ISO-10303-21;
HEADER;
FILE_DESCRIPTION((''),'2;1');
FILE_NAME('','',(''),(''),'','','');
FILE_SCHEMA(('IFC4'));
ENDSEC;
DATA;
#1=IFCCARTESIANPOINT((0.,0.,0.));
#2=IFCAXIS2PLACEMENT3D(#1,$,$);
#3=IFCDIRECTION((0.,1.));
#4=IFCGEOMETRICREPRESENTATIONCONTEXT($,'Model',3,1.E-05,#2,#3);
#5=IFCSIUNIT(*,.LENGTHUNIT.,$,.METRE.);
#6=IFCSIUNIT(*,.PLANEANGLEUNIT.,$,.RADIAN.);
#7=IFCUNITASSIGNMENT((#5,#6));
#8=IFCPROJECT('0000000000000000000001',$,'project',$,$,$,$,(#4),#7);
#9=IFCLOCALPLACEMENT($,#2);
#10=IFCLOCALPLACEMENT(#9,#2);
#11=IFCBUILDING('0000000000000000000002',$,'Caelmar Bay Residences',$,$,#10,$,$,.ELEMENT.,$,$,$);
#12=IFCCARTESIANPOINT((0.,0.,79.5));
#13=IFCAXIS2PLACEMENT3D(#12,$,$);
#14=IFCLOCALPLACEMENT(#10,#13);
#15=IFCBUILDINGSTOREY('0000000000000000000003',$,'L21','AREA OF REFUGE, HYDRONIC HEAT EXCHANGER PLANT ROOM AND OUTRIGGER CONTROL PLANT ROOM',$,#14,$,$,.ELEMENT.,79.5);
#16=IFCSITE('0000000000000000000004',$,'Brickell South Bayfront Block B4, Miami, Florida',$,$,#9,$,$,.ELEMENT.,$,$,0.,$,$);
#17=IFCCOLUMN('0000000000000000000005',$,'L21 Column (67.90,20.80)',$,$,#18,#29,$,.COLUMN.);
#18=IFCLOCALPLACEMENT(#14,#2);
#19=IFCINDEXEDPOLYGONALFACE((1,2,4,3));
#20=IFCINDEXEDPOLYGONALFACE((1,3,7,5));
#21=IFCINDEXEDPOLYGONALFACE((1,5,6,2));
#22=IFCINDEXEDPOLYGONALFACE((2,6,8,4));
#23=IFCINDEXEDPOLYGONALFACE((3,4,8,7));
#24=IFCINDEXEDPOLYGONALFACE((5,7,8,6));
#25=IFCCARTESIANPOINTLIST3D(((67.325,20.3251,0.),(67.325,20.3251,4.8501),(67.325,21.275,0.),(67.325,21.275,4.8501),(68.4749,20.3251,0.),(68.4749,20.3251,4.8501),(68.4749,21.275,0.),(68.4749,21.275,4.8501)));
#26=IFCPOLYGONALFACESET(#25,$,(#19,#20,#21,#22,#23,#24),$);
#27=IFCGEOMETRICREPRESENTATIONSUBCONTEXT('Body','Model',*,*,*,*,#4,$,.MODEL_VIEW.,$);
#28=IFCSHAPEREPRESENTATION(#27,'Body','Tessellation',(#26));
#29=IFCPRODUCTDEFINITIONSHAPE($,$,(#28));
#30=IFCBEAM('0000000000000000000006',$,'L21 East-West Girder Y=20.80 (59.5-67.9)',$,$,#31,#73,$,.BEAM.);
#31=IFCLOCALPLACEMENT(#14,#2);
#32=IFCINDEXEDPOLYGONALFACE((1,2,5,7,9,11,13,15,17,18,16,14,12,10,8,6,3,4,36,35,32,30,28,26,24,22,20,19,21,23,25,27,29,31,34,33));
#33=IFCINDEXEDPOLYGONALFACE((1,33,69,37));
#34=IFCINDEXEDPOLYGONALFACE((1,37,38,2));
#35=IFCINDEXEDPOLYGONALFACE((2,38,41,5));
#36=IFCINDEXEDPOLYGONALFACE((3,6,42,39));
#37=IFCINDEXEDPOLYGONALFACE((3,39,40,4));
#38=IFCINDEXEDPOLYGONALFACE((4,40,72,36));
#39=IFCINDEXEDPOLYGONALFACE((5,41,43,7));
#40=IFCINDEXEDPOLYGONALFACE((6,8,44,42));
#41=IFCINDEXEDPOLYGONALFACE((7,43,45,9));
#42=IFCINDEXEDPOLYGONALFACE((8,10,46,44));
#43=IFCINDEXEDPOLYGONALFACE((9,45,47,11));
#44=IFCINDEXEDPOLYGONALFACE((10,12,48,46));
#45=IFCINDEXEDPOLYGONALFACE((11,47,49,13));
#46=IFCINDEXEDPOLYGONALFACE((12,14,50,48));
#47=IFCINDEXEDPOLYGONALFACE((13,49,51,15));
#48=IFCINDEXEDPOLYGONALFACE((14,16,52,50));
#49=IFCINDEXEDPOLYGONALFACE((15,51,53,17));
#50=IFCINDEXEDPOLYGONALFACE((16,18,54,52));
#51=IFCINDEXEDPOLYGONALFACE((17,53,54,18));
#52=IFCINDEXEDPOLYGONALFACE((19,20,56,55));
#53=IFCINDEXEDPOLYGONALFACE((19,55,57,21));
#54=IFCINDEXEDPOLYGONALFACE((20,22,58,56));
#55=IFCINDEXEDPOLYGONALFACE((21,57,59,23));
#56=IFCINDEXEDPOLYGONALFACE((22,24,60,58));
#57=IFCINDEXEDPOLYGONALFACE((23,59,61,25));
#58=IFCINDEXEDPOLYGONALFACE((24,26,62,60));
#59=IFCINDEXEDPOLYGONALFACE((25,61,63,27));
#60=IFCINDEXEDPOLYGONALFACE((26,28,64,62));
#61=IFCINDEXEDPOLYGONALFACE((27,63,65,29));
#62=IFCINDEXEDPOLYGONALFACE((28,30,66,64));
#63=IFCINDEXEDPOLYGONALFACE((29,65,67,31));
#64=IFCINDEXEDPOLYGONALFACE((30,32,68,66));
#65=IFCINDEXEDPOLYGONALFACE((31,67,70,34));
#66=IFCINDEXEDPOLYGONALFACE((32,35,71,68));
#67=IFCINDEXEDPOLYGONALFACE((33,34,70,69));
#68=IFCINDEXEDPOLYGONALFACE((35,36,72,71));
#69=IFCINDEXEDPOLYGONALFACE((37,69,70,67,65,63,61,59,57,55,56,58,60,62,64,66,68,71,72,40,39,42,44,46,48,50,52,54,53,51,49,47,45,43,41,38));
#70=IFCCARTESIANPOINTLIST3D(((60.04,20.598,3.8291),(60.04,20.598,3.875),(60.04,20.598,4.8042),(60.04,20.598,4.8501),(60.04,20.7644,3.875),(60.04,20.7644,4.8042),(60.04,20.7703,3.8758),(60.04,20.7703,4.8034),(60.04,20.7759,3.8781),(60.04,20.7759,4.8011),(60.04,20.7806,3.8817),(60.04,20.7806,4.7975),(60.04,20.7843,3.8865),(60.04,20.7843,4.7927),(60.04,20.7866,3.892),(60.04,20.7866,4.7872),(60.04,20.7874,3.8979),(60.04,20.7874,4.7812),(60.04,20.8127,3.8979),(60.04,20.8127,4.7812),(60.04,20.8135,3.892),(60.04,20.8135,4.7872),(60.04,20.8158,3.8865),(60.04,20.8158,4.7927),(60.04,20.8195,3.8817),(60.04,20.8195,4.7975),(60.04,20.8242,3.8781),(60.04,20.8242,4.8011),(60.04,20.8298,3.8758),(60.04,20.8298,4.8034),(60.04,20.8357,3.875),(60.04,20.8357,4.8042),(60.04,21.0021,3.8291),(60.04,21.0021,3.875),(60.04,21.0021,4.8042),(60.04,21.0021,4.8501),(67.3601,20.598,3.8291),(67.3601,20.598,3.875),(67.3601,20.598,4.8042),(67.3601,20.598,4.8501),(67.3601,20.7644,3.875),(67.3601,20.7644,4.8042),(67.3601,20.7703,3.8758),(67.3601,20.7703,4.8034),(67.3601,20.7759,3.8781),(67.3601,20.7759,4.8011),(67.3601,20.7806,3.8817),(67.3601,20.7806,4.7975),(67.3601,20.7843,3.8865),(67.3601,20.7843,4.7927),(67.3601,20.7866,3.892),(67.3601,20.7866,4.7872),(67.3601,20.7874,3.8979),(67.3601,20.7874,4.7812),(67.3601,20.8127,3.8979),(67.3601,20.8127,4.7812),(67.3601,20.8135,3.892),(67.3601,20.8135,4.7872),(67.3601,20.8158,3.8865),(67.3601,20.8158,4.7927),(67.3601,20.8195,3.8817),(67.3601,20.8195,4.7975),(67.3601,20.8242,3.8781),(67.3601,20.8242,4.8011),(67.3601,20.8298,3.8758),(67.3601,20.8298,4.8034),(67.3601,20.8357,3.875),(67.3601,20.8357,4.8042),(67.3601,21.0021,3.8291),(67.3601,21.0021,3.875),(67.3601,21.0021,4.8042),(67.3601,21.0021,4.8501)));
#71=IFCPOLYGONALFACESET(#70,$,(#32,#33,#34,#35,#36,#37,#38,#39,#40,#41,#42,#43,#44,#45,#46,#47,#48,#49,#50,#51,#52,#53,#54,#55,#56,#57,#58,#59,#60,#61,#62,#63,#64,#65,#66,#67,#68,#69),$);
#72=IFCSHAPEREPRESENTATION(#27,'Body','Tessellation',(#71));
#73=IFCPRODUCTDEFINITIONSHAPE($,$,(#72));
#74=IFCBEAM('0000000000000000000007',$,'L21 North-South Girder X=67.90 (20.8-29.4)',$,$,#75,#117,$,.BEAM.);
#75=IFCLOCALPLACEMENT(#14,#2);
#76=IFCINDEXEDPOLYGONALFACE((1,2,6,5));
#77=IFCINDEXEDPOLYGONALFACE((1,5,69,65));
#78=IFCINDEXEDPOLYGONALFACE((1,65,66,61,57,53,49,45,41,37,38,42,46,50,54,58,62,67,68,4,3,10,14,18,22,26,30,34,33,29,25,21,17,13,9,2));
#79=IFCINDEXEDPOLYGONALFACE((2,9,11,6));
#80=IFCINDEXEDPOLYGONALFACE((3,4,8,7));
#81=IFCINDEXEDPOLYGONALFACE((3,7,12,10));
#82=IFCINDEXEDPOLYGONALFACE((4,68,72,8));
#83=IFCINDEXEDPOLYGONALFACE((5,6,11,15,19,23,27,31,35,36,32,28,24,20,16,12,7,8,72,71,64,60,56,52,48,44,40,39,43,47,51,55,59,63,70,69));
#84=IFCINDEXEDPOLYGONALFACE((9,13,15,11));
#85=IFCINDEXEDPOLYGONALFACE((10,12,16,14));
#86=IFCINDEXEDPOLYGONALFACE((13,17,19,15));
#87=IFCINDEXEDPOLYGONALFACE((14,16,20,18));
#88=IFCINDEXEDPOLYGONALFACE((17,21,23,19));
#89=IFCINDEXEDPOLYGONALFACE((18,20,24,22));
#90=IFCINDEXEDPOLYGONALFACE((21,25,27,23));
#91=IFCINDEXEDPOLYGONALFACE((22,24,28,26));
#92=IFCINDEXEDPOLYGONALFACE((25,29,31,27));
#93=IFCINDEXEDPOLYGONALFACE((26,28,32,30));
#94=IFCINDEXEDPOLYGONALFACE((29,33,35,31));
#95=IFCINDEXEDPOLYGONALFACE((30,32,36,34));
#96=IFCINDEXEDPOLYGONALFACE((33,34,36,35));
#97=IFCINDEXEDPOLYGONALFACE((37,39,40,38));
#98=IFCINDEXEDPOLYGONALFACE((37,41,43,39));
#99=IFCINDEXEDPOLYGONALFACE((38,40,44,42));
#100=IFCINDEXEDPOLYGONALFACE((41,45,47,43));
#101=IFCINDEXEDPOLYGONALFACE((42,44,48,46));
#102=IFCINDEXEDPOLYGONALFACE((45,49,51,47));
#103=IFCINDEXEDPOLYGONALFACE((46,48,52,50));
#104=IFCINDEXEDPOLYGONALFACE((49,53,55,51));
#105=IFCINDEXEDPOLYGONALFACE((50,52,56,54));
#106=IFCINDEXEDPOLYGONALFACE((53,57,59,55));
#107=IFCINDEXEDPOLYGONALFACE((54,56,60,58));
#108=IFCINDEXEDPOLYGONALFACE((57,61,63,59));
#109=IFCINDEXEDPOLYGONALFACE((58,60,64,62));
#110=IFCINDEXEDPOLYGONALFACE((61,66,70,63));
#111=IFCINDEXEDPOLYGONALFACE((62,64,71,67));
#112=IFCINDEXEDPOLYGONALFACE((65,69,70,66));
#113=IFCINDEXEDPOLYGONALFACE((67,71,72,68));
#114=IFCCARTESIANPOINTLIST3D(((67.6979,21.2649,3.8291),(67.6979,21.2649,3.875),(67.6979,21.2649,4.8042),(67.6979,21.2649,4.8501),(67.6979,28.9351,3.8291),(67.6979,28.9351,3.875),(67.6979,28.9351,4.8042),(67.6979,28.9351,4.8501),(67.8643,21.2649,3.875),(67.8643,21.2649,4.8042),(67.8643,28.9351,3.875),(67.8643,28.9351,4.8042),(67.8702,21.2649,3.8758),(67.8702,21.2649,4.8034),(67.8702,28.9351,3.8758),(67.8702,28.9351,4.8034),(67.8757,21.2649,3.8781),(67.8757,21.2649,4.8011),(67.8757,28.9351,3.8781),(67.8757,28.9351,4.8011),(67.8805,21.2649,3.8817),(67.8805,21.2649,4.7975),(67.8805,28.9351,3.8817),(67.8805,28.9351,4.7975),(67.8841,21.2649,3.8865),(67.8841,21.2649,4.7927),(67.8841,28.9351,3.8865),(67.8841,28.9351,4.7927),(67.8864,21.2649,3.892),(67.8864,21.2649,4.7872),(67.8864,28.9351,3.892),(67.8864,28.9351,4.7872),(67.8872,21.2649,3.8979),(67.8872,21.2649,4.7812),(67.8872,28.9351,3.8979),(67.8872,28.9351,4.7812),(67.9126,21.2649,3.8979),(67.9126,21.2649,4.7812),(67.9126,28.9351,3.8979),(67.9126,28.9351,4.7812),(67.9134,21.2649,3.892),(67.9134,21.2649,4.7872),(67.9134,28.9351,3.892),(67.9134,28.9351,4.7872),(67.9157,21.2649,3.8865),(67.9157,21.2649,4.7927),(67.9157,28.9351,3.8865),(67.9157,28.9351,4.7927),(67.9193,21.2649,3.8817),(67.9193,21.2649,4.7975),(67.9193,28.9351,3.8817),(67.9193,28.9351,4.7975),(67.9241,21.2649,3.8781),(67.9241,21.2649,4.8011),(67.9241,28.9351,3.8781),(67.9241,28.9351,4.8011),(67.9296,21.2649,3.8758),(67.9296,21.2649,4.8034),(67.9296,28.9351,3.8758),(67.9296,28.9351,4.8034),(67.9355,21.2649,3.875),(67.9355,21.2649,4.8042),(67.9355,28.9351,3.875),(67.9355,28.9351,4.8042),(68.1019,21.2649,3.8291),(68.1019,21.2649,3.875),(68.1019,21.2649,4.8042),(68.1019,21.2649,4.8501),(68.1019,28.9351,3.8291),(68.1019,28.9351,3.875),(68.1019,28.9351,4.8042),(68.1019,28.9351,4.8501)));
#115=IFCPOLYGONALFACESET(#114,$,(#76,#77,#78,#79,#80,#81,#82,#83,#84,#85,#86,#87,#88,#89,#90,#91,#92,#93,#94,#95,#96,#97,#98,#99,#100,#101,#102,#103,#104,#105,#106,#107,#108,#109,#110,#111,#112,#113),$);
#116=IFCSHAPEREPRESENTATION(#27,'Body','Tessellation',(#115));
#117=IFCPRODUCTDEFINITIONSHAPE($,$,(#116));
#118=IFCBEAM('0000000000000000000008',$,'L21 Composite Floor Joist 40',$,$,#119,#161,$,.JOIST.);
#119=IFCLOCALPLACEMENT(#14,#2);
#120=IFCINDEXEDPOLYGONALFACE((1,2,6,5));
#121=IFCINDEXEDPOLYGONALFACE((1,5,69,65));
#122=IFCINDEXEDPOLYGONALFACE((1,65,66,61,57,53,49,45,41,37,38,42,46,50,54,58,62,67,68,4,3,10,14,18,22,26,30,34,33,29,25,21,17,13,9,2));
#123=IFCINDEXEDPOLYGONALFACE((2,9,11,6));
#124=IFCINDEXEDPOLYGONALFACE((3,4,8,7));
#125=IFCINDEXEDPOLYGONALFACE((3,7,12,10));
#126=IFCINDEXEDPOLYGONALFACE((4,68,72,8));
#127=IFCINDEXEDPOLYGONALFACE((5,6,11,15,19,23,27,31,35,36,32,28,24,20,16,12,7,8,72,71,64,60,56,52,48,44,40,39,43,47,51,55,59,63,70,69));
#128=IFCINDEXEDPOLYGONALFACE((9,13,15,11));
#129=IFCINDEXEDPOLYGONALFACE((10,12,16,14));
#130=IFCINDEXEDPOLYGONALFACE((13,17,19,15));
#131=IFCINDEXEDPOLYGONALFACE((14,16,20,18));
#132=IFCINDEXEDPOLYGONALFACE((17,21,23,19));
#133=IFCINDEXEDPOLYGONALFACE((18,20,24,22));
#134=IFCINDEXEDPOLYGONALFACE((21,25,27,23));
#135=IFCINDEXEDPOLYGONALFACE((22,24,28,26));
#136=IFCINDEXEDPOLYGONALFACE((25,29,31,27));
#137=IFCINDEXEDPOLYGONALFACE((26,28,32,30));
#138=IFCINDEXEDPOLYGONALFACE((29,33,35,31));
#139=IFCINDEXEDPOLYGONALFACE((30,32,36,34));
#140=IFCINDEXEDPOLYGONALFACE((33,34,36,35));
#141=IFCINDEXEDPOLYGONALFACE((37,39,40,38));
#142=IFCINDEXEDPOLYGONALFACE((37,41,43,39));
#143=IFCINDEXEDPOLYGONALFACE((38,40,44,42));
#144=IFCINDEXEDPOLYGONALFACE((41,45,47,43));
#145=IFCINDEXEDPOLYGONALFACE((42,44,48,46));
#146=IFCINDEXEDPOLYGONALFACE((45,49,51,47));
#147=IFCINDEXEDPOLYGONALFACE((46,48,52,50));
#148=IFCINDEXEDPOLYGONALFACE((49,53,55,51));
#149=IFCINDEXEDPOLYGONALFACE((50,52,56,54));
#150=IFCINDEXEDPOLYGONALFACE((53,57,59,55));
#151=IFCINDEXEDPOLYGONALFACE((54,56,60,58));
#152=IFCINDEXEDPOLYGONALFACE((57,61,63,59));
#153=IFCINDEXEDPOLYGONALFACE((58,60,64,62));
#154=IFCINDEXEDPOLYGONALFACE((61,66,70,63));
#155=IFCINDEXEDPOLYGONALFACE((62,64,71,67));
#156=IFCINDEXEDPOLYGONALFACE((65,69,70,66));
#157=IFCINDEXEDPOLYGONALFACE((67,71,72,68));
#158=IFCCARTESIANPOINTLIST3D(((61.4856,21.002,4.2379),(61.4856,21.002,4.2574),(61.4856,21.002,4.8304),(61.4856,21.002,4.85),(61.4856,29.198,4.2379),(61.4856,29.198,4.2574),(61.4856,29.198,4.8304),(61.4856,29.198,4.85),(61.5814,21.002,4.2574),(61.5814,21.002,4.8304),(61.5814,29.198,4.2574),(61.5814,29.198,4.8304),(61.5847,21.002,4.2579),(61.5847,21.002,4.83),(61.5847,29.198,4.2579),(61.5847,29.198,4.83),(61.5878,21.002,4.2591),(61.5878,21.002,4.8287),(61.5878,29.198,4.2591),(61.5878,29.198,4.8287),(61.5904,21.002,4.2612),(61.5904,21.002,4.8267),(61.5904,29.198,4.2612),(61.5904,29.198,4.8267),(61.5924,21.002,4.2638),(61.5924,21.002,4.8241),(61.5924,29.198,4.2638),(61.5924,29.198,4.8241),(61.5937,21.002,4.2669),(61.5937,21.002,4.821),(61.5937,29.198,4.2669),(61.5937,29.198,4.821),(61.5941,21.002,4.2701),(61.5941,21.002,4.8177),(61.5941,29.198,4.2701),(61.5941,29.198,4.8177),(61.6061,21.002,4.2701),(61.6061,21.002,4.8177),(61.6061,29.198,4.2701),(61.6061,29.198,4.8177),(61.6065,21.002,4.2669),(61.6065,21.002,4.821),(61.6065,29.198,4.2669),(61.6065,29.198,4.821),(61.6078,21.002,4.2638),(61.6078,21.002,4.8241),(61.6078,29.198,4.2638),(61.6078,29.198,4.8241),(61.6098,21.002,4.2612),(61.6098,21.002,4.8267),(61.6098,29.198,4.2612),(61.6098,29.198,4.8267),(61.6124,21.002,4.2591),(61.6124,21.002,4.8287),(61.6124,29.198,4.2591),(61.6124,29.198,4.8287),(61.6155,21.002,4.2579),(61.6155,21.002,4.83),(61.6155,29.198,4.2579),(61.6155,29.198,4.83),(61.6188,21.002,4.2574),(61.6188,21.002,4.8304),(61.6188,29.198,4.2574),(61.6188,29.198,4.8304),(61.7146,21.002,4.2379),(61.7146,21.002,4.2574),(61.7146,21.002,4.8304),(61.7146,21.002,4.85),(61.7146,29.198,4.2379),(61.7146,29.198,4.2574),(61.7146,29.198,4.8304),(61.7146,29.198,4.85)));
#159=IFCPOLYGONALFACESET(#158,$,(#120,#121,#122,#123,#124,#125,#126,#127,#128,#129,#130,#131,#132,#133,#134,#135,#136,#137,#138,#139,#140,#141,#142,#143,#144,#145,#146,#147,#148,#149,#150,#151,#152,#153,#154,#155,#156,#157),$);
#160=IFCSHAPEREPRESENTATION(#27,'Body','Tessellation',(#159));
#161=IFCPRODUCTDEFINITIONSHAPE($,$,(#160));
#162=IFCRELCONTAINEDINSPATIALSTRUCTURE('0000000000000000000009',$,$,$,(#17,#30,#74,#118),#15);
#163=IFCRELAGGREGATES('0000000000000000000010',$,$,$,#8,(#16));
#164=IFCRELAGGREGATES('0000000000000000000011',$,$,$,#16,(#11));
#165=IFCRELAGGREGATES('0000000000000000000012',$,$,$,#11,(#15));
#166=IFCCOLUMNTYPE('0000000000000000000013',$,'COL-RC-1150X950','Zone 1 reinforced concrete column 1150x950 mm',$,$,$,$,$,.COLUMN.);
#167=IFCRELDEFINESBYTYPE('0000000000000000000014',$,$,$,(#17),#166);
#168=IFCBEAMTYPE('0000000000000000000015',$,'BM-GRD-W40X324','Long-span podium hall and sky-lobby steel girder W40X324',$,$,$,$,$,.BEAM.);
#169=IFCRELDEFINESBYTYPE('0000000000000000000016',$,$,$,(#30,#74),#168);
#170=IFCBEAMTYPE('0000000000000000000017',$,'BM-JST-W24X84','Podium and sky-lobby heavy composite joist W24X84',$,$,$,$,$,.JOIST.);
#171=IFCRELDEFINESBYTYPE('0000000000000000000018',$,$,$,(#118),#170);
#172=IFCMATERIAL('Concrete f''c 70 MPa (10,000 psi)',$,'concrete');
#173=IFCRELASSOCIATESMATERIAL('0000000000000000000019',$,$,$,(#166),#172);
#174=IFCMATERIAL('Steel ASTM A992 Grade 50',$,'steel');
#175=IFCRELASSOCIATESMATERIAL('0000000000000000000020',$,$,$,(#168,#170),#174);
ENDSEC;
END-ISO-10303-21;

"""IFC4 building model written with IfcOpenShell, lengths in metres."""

from ifc_helpers import new_model, si_unit, direction, frame, origin, origin_2d, place, context, subcontext, project, spatial, rectangle, i_section, extrude, material, material_profile, profile_set, type_object, element, save


model = new_model("IFC4")

# Units and contexts
model_context = context("Model", 3, precision=1e-05, world=origin(), true_north=direction((0.0, 1.0)))
body_context = subcontext(model_context, "Body", "Model", "MODEL_VIEW")
ifc_project = project(units=[si_unit("LENGTHUNIT", "METRE"), si_unit("PLANEANGLEUNIT", "RADIAN")], contexts=[model_context])

# Site, building, storey
site_placement = place(None, origin())
site = spatial("IfcSite", under=ifc_project, at=site_placement, Name="Brickell South Bayfront Block B4, Miami, Florida", CompositionType="ELEMENT", RefElevation=0.0)
building_placement = place(site_placement, origin())
building = spatial("IfcBuilding", under=site, at=building_placement, Name="Caelmar Bay Residences", CompositionType="ELEMENT")
storey_placement = place(building_placement, frame((0.0, 0.0, 79.5)))
storey = spatial("IfcBuildingStorey", under=building, at=storey_placement, Name="L21", Description="AREA OF REFUGE, HYDRONIC HEAT EXCHANGER PLANT ROOM AND OUTRIGGER CONTROL PLANT ROOM", CompositionType="ELEMENT", Elevation=79.5)

# Column
ifc_material_1 = material(Name="Concrete f'c 70 MPa (10,000 psi)", Category="concrete")
ifc_material_profile_1 = material_profile(ifc_material_1, rectangle(XDim=1.1499, YDim=0.95, at=origin_2d()), Name="RC-COL-1150X950")
ifc_profile_set_1 = profile_set([ifc_material_profile_1], Name="Concrete f'c 70 MPa (10,000 psi)")
column_type = type_object("IfcColumnType", Name="COL-RC-1150X950", Description="Zone 1 reinforced concrete column 1150x950 mm", PredefinedType="COLUMN", material=ifc_profile_set_1)
column_placement = place(storey_placement, frame((67.8999, 20.8, 0.0), z_axis=(0.0, 0.0, 1.0), x_axis=(1.0, 0.0, 0.0)))
element("IfcColumn", 1, at=column_placement, inside=storey, type_object=column_type, Name="L21 Column (67.90,20.80)", PredefinedType="COLUMN", context=body_context, shape_type="SweptSolid", body=[
    extrude(rectangle(XDim=1.1499, YDim=0.95, at=origin_2d()), origin(), (0.0, 0.0, 1.0), 4.8501),
])

# Beams
ifc_material_2 = material(Name="Steel ASTM A992 Grade 50", Category="steel")
ifc_material_profile_2 = material_profile(ifc_material_2, i_section(OverallWidth=0.4041, OverallDepth=1.021, WebThickness=0.0254, FlangeThickness=0.0459, FilletRadius=0.0229, at=origin_2d()), Name="W40X324")
ifc_profile_set_2 = profile_set([ifc_material_profile_2], Name="Steel ASTM A992 Grade 50")
beam_type_1 = type_object("IfcBeamType", Name="BM-GRD-W40X324", Description="Long-span podium hall and sky-lobby steel girder W40X324", PredefinedType="BEAM", material=ifc_profile_set_2)
beam_1_placement = place(storey_placement, frame((60.04, 20.8, 4.3396), z_axis=(1.0, 0.0, 0.0), x_axis=(0.0, 1.0, 0.0)))
element("IfcBeam", 2, at=beam_1_placement, inside=storey, type_object=beam_type_1, Name="L21 East-West Girder Y=20.80 (59.5-67.9)", PredefinedType="BEAM", context=body_context, shape_type="SweptSolid", body=[
    extrude(i_section(OverallWidth=0.4041, OverallDepth=1.021, WebThickness=0.0254, FlangeThickness=0.0459, FilletRadius=0.0229, at=origin_2d()), origin(), (0.0, 0.0, 1.0), 7.3201),
])
beam_2_placement = place(storey_placement, frame((67.8999, 21.2649, 4.3396), z_axis=(0.0, 1.0, 0.0), x_axis=(-1.0, 0.0, 0.0)))
element("IfcBeam", 3, at=beam_2_placement, inside=storey, type_object=beam_type_1, Name="L21 North-South Girder X=67.90 (20.8-29.4)", PredefinedType="BEAM", context=body_context, shape_type="SweptSolid", body=[
    extrude(i_section(OverallWidth=0.4041, OverallDepth=1.021, WebThickness=0.0254, FlangeThickness=0.0459, FilletRadius=0.0229, at=origin_2d()), origin(), (0.0, 0.0, 1.0), 7.6702),
])
ifc_material_profile_3 = material_profile(ifc_material_2, i_section(OverallWidth=0.229, OverallDepth=0.6121, WebThickness=0.012, FlangeThickness=0.0195, FilletRadius=0.0127, at=origin_2d()), Name="W24X84")
ifc_profile_set_3 = profile_set([ifc_material_profile_3], Name="Steel ASTM A992 Grade 50")
beam_type_2 = type_object("IfcBeamType", Name="BM-JST-W24X84", Description="Podium and sky-lobby heavy composite joist W24X84", PredefinedType="JOIST", material=ifc_profile_set_3)
for number, where, z_axis, x_axis, name in (
    (4, (61.6001, 21.002, 4.5439), (0.0, 1.0, 0.0), (-1.0, 0.0, 0.0), "L21 Composite Floor Joist 40"),
):
    element("IfcBeam", number, at=place(storey_placement, frame(where, z_axis=z_axis, x_axis=x_axis)), inside=storey, type_object=beam_type_2, Name=name, PredefinedType="JOIST", context=body_context, shape_type="SweptSolid", body=[
        extrude(i_section(OverallWidth=0.229, OverallDepth=0.6121, WebThickness=0.012, FlangeThickness=0.0195, FilletRadius=0.0127, at=origin_2d()), origin(), (0.0, 0.0, 1.0), 8.196),
    ])

save(model, "model.ifc")
